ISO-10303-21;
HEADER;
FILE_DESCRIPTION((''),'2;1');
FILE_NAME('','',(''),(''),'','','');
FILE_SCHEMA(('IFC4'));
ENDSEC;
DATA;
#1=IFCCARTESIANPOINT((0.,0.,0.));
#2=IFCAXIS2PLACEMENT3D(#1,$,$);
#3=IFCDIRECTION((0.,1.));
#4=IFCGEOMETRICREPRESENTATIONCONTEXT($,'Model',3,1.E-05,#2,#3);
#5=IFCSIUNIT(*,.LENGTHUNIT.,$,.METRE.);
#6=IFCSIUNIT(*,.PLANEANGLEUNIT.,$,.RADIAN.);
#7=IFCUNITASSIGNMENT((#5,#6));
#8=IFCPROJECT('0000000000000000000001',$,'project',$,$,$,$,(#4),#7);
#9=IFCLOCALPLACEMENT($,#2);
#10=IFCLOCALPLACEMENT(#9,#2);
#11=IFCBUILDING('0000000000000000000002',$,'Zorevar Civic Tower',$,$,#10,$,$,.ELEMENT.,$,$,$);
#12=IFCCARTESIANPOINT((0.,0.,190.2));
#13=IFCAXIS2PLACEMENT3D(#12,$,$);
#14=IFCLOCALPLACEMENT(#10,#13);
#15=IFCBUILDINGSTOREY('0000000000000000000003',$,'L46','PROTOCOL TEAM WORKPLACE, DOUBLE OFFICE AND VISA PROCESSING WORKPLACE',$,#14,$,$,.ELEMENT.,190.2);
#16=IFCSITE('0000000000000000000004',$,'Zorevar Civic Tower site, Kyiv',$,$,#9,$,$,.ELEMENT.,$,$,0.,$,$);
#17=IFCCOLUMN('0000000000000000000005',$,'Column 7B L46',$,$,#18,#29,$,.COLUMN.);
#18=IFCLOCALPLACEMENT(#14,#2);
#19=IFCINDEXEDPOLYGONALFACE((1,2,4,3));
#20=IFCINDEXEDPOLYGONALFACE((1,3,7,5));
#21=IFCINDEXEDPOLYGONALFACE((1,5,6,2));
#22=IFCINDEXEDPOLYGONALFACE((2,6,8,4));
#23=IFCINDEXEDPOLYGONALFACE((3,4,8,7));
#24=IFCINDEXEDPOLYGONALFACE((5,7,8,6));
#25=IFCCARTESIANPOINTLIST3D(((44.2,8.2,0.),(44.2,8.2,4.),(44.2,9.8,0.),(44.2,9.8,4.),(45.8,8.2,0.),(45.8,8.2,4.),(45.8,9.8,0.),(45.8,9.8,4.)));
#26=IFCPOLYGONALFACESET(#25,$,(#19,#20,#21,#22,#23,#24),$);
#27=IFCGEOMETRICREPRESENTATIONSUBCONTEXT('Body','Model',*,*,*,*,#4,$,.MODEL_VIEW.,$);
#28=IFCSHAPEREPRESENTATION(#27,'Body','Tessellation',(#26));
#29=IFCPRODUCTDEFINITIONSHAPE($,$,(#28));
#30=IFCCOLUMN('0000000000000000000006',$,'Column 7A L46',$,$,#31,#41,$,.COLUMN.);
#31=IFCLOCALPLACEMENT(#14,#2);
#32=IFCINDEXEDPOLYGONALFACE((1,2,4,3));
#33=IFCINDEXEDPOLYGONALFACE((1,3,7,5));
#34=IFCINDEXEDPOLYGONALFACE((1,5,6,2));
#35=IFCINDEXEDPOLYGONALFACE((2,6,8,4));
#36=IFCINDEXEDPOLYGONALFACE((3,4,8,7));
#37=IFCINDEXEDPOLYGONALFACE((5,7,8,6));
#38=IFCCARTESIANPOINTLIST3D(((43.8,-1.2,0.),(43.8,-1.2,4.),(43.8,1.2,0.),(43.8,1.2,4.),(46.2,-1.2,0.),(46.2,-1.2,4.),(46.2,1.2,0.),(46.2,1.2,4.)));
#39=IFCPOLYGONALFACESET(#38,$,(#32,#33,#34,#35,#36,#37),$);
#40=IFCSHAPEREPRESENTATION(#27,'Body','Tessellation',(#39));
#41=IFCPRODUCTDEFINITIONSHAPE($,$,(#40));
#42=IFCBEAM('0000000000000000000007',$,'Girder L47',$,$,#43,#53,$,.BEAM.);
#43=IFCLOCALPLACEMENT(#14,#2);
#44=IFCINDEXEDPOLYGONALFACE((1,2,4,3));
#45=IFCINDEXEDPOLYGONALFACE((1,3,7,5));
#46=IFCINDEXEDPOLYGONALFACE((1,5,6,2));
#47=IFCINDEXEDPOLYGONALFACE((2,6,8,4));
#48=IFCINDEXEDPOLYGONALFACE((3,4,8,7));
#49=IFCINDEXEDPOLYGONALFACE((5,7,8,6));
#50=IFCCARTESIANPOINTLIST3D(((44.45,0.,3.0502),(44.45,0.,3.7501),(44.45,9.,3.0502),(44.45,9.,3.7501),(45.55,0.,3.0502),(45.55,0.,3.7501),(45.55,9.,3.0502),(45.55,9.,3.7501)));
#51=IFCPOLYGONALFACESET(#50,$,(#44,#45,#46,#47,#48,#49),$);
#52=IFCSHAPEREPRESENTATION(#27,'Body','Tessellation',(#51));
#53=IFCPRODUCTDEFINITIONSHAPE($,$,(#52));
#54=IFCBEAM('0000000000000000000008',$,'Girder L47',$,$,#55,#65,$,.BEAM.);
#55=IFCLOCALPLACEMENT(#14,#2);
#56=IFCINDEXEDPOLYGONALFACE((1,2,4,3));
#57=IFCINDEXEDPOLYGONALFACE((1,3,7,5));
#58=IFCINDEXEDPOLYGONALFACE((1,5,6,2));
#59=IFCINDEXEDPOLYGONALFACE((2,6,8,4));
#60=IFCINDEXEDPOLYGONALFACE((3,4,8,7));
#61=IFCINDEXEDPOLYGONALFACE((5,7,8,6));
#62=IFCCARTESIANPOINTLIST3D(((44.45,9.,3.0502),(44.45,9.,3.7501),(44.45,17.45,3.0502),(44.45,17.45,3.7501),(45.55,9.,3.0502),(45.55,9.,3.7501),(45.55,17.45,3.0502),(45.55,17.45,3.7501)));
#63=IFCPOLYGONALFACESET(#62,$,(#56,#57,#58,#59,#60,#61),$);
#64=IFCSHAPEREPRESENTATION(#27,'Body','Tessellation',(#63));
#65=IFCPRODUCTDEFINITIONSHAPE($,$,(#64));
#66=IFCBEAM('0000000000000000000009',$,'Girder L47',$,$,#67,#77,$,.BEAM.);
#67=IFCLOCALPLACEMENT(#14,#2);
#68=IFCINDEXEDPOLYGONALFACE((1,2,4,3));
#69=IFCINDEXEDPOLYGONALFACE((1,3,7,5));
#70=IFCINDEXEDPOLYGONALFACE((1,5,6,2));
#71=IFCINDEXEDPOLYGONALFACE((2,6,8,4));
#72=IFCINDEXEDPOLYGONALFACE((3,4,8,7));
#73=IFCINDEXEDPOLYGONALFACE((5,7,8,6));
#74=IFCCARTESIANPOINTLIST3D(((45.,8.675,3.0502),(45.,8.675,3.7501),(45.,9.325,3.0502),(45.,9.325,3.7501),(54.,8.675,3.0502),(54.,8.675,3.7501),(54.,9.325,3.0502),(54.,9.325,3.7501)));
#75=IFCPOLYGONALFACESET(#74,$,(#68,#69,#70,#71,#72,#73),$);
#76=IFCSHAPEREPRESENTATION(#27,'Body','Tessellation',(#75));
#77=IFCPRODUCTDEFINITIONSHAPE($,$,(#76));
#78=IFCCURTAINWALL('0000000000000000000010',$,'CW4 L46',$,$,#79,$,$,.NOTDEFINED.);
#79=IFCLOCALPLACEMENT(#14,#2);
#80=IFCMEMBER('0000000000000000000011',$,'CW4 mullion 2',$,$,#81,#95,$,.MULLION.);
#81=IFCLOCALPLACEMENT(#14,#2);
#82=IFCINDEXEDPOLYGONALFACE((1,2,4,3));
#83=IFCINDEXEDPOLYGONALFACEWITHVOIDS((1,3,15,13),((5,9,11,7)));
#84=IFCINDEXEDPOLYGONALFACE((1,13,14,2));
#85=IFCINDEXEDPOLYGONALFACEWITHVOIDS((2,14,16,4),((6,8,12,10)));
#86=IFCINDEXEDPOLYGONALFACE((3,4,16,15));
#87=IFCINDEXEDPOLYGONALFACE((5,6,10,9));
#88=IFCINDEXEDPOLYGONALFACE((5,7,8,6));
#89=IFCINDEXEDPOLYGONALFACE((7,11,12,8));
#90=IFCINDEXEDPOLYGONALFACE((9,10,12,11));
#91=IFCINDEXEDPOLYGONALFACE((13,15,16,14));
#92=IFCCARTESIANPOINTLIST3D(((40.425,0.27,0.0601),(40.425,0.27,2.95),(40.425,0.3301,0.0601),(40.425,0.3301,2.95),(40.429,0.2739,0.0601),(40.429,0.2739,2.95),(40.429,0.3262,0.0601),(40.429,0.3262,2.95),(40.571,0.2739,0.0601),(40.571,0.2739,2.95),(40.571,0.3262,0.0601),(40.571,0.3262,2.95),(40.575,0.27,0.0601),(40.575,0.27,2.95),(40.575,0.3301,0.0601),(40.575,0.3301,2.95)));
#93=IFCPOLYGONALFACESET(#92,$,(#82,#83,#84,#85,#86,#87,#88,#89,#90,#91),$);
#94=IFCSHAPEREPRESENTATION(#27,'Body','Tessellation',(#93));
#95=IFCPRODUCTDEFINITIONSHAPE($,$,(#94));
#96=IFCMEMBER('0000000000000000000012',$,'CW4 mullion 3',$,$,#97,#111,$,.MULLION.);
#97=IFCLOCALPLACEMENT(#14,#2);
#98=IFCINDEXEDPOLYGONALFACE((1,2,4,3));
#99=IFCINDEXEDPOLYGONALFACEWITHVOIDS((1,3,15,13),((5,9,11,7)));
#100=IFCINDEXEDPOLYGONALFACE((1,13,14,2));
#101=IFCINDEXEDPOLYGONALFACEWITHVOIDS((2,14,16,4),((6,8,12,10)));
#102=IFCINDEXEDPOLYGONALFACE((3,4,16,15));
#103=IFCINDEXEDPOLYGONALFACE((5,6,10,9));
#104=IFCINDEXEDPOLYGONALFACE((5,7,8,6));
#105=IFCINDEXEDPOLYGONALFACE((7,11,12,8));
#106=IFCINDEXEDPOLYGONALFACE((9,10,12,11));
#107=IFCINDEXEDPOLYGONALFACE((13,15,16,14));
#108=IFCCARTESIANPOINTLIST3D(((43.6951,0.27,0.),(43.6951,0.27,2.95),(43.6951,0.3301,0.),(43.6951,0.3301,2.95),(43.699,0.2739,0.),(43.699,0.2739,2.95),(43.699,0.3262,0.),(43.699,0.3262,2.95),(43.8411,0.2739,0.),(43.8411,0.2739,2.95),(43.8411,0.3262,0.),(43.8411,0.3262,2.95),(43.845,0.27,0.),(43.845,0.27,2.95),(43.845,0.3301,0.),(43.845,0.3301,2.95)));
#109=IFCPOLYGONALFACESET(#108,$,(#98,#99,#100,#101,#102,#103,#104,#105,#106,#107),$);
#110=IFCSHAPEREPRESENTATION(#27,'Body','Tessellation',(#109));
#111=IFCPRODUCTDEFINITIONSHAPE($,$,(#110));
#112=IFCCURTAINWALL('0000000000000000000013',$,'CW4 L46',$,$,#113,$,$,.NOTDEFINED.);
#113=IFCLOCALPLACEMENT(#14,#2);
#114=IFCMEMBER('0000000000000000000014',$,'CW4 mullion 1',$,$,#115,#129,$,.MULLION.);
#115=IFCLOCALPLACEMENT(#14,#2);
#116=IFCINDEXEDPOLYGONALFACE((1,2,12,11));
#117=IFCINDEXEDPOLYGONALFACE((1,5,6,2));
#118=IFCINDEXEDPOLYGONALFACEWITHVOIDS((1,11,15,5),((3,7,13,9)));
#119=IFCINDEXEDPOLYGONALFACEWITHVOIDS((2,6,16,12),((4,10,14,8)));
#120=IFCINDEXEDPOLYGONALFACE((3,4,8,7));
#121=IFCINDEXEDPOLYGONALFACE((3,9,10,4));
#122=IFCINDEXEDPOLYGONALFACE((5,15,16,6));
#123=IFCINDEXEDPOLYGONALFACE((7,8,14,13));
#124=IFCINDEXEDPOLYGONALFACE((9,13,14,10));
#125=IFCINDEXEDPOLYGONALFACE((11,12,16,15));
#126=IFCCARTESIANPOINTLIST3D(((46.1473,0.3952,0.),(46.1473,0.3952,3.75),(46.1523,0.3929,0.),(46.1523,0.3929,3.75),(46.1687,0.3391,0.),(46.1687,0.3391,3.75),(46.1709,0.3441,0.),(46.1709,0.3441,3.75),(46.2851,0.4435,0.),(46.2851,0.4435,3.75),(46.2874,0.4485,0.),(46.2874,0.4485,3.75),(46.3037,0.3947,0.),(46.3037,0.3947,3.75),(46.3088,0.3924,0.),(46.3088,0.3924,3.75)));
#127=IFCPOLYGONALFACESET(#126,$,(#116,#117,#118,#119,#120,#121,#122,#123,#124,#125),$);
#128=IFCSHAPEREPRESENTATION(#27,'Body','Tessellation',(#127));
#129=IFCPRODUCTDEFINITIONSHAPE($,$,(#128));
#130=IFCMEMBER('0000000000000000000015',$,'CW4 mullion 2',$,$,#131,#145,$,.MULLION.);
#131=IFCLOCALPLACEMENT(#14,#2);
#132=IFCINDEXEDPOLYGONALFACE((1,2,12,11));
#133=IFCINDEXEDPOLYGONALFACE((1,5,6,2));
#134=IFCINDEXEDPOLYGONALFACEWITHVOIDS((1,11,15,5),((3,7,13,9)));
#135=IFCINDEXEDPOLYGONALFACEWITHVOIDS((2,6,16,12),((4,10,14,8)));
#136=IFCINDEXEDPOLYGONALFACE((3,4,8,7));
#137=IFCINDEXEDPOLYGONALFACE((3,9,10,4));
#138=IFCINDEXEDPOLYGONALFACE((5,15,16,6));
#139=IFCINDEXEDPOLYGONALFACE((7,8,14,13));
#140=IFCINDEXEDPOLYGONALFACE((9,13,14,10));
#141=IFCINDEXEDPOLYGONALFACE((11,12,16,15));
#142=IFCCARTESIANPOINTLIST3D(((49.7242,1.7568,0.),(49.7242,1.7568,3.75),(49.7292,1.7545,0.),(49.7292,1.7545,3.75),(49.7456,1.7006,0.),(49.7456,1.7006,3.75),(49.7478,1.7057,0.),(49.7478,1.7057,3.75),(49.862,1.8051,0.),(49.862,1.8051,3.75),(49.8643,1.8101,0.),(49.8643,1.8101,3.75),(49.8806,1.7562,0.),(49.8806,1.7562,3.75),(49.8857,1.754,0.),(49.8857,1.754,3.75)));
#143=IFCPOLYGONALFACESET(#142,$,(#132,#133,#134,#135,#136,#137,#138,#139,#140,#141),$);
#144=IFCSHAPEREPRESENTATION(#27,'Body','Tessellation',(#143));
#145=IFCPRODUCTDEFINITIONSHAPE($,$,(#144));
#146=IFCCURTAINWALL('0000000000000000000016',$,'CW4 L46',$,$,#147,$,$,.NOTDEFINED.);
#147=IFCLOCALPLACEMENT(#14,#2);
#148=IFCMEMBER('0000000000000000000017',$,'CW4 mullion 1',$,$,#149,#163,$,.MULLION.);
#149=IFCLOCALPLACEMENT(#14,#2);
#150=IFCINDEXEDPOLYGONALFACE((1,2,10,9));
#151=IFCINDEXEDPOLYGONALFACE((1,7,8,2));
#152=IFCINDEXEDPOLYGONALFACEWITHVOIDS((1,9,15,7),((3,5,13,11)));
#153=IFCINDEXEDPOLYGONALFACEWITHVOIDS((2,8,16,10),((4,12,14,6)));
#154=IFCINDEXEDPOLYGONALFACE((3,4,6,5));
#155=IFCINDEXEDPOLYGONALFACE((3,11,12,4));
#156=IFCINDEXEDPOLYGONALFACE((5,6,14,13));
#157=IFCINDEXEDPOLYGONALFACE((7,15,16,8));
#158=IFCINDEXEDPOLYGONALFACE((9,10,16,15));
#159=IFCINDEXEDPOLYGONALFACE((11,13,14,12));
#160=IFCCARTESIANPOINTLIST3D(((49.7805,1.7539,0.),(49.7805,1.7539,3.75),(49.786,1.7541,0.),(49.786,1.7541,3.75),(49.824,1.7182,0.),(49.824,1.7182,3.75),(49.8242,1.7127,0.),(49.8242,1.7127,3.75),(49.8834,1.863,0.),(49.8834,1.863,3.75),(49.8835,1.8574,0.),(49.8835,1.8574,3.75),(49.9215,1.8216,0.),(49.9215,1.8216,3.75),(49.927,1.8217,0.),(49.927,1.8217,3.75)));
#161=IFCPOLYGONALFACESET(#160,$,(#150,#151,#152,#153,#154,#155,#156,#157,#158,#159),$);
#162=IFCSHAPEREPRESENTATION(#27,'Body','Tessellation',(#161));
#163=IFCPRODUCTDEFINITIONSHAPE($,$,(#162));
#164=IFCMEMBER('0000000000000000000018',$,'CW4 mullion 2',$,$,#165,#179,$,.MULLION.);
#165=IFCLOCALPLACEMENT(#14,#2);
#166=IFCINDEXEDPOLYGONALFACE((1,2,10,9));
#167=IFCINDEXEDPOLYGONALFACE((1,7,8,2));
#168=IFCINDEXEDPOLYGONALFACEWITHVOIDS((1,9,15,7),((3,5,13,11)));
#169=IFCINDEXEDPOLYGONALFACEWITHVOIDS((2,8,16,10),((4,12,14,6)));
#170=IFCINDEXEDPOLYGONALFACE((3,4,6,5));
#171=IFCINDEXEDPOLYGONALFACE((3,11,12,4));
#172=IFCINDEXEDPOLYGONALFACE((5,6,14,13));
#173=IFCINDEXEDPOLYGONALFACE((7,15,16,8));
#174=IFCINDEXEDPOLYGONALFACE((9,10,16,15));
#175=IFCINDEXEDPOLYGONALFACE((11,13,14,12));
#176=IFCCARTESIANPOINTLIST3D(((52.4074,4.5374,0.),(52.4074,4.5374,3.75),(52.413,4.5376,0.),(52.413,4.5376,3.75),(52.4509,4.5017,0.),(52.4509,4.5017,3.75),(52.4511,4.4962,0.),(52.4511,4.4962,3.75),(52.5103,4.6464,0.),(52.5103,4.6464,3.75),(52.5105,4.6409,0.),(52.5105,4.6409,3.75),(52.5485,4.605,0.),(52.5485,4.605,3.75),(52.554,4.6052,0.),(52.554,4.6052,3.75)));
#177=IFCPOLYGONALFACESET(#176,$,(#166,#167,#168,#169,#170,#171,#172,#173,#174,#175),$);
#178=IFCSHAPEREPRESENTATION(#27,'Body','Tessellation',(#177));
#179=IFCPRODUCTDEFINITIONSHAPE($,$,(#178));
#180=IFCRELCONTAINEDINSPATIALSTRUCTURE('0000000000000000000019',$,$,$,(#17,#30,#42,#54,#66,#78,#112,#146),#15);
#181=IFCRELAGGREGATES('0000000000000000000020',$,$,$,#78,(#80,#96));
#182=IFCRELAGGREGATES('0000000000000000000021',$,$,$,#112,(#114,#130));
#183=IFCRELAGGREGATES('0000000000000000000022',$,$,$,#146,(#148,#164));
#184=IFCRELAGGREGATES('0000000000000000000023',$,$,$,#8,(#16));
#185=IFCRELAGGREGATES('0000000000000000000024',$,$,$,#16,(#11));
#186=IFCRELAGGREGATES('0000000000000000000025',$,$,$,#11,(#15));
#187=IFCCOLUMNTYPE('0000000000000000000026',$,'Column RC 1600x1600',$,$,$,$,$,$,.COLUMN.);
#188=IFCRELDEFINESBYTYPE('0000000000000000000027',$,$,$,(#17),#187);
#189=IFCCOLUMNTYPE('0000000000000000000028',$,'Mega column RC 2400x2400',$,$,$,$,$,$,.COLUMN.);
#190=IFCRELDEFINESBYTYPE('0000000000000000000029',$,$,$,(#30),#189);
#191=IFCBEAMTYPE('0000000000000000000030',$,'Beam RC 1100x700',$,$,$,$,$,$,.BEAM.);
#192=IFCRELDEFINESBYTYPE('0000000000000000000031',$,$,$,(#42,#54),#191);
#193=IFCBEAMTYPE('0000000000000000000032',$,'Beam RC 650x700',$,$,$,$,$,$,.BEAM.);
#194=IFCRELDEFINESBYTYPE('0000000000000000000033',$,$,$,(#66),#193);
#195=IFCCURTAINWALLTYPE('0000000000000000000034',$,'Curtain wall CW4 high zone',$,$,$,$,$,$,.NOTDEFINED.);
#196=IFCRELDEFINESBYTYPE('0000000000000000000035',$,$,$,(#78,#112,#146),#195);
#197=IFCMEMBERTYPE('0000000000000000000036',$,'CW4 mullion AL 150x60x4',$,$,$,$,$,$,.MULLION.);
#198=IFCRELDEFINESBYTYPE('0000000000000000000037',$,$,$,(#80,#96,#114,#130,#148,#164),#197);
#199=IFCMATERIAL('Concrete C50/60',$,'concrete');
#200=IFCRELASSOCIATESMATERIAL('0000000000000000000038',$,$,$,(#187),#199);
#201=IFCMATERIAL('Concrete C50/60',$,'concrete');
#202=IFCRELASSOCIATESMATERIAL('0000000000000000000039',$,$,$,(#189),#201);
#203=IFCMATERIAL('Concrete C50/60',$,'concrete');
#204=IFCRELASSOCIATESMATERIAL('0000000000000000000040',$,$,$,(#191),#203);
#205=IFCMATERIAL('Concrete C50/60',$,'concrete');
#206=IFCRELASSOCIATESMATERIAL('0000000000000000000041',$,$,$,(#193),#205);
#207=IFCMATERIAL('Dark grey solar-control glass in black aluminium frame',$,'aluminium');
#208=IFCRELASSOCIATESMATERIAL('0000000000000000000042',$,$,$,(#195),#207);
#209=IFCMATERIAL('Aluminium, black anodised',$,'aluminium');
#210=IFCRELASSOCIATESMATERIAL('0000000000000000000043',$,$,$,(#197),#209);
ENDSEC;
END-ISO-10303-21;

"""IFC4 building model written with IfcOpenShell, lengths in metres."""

from ifc_helpers import new_model, si_unit, direction, frame, origin, origin_2d, place, context, subcontext, project, spatial, rectangle, hollow_rectangle, extrude, material, material_profile, profile_set, type_object, element, aggregate, save


model = new_model("IFC4")

# Units and contexts
model_context = context("Model", 3, precision=1e-05, world=origin(), true_north=direction((0.0, 1.0)))
body_context = subcontext(model_context, "Body", "Model", "MODEL_VIEW")
ifc_project = project(units=[si_unit("LENGTHUNIT", "METRE"), si_unit("PLANEANGLEUNIT", "RADIAN")], contexts=[model_context])

# Site, building, storey
site_placement = place(None, origin())
site = spatial("IfcSite", under=ifc_project, at=site_placement, Name="Zorevar Civic Tower site, Kyiv", CompositionType="ELEMENT", RefElevation=0.0)
building_placement = place(site_placement, origin())
building = spatial("IfcBuilding", under=site, at=building_placement, Name="Zorevar Civic Tower", CompositionType="ELEMENT")
storey_placement = place(building_placement, frame((0.0, 0.0, 190.2)))
storey = spatial("IfcBuildingStorey", under=building, at=storey_placement, Name="L46", Description="PROTOCOL TEAM WORKPLACE, DOUBLE OFFICE AND VISA PROCESSING WORKPLACE", CompositionType="ELEMENT", Elevation=190.2)

# Columns
ifc_material_1 = material(Name="Concrete C50/60", Category="concrete")
ifc_material_profile_1 = material_profile(ifc_material_1, rectangle(XDim=1.6001, YDim=1.6001, at=origin_2d()), Name="RC 1600x1600")
ifc_profile_set_1 = profile_set([ifc_material_profile_1], Name="Concrete C50/60")
column_type_1 = type_object("IfcColumnType", Name="Column RC 1600x1600", PredefinedType="COLUMN", material=ifc_profile_set_1)
column_1_placement = place(storey_placement, frame((45.0, 9.0, 0.0), z_axis=(0.0, 0.0, 1.0), x_axis=(1.0, 0.0, 0.0)))
element("IfcColumn", 1, at=column_1_placement, inside=storey, type_object=column_type_1, Name="Column 7B L46", PredefinedType="COLUMN", context=body_context, shape_type="SweptSolid", body=[
    extrude(rectangle(XDim=1.6001, YDim=1.6001, at=origin_2d()), origin(), (0.0, 0.0, 1.0), 4.0),
])
ifc_material_2 = material(Name="Concrete C50/60", Category="concrete")
ifc_material_profile_2 = material_profile(ifc_material_2, rectangle(XDim=2.3999, YDim=2.3999, at=origin_2d()), Name="RC 2400x2400")
ifc_profile_set_2 = profile_set([ifc_material_profile_2], Name="Concrete C50/60")
column_type_2 = type_object("IfcColumnType", Name="Mega column RC 2400x2400", PredefinedType="COLUMN", material=ifc_profile_set_2)
column_2_placement = place(storey_placement, frame((45.0, 0.0, 0.0), z_axis=(0.0, 0.0, 1.0), x_axis=(1.0, 0.0, 0.0)))
element("IfcColumn", 2, at=column_2_placement, inside=storey, type_object=column_type_2, Name="Column 7A L46", PredefinedType="COLUMN", context=body_context, shape_type="SweptSolid", body=[
    extrude(rectangle(XDim=2.3999, YDim=2.3999, at=origin_2d()), origin(), (0.0, 0.0, 1.0), 4.0),
])

# Beams
ifc_material_3 = material(Name="Concrete C50/60", Category="concrete")
ifc_material_profile_3 = material_profile(ifc_material_3, rectangle(XDim=1.1001, YDim=0.7, at=origin_2d()), Name="RC 1100x700")
ifc_profile_set_3 = profile_set([ifc_material_profile_3], Name="Concrete C50/60")
beam_type_1 = type_object("IfcBeamType", Name="Beam RC 1100x700", PredefinedType="BEAM", material=ifc_profile_set_3)
beam_1_placement = place(storey_placement, frame((45.0, 0.0, 3.4001), z_axis=(0.0, 1.0, 0.0), x_axis=(-1.0, 0.0, 0.0)))
element("IfcBeam", 3, at=beam_1_placement, inside=storey, type_object=beam_type_1, Name="Girder L47", PredefinedType="BEAM", context=body_context, shape_type="SweptSolid", body=[
    extrude(rectangle(XDim=1.1001, YDim=0.7, at=origin_2d()), origin(), (0.0, 0.0, 1.0), 9.0),
])
beam_2_placement = place(storey_placement, frame((45.0, 9.0, 3.4001), z_axis=(0.0, 1.0, 0.0), x_axis=(-1.0, 0.0, 0.0)))
element("IfcBeam", 4, at=beam_2_placement, inside=storey, type_object=beam_type_1, Name="Girder L47", PredefinedType="BEAM", context=body_context, shape_type="SweptSolid", body=[
    extrude(rectangle(XDim=1.1001, YDim=0.7, at=origin_2d()), origin(), (0.0, 0.0, 1.0), 8.45),
])
ifc_material_4 = material(Name="Concrete C50/60", Category="concrete")
ifc_material_profile_4 = material_profile(ifc_material_4, rectangle(XDim=0.6499, YDim=0.7, at=origin_2d()), Name="RC 650x700")
ifc_profile_set_4 = profile_set([ifc_material_profile_4], Name="Concrete C50/60")
beam_type_2 = type_object("IfcBeamType", Name="Beam RC 650x700", PredefinedType="BEAM", material=ifc_profile_set_4)
beam_3_placement = place(storey_placement, frame((45.0, 9.0, 3.4001), z_axis=(1.0, 0.0, 0.0), x_axis=(0.0, 1.0, 0.0)))
element("IfcBeam", 5, at=beam_3_placement, inside=storey, type_object=beam_type_2, Name="Girder L47", PredefinedType="BEAM", context=body_context, shape_type="SweptSolid", body=[
    extrude(rectangle(XDim=0.6499, YDim=0.7, at=origin_2d()), origin(), (0.0, 0.0, 1.0), 9.0),
])

# Curtain walls, members
ifc_material_5 = material(Name="Dark grey solar-control glass in black aluminium frame", Category="aluminium")
curtain_wall_type = type_object("IfcCurtainWallType", Name="Curtain wall CW4 high zone", PredefinedType="NOTDEFINED", material=ifc_material_5)
curtain_wall_1_placement = place(storey_placement, origin())
curtain_wall_1 = element("IfcCurtainWall", 6, at=curtain_wall_1_placement, inside=storey, type_object=curtain_wall_type, Name="CW4 L46", PredefinedType="NOTDEFINED")
ifc_material_6 = material(Name="Aluminium, black anodised", Category="aluminium")
ifc_material_profile_5 = material_profile(ifc_material_6, hollow_rectangle(XDim=0.0601, YDim=0.1499, WallThickness=0.0039, at=origin_2d()), Name="AL 150x60x4")
ifc_profile_set_5 = profile_set([ifc_material_profile_5], Name="Aluminium, black anodised")
member_type_1 = type_object("IfcMemberType", Name="CW4 mullion AL 150x60x4", PredefinedType="MULLION", material=ifc_profile_set_5)
member_1_placement = place(storey_placement, frame((40.5, 0.3, 0.0601), z_axis=(0.0, 0.0, 1.0), x_axis=(0.0, 1.0, 0.0)))
member_1 = element("IfcMember", 7, at=member_1_placement, type_object=member_type_1, Name="CW4 mullion 2", PredefinedType="MULLION", context=body_context, shape_type="SweptSolid", body=[
    extrude(hollow_rectangle(XDim=0.0601, YDim=0.1499, WallThickness=0.0039, at=origin_2d()), origin(), (0.0, 0.0, 1.0), 2.8899),
])
member_2_placement = place(storey_placement, frame((43.77, 0.3, 0.0), z_axis=(0.0, 0.0, 1.0), x_axis=(0.0, 1.0, 0.0)))
member_2 = element("IfcMember", 8, at=member_2_placement, type_object=member_type_1, Name="CW4 mullion 3", PredefinedType="MULLION", context=body_context, shape_type="SweptSolid", body=[
    extrude(hollow_rectangle(XDim=0.0601, YDim=0.1499, WallThickness=0.0039, at=origin_2d()), origin(), (0.0, 0.0, 1.0), 2.95),
])
curtain_wall_2_placement = place(storey_placement, origin())
curtain_wall_2 = element("IfcCurtainWall", 9, at=curtain_wall_2_placement, inside=storey, type_object=curtain_wall_type, Name="CW4 L46", PredefinedType="NOTDEFINED")
member_3_placement = place(storey_placement, frame((46.228, 0.3938, 0.0), z_axis=(0.0, 0.0, 1.0), x_axis=(-0.355731, 0.934588, 0.0)))
member_3 = element("IfcMember", 10, at=member_3_placement, type_object=member_type_1, Name="CW4 mullion 1", PredefinedType="MULLION", context=body_context, shape_type="SweptSolid", body=[
    extrude(hollow_rectangle(XDim=0.0601, YDim=0.1499, WallThickness=0.0039, at=origin_2d()), origin(), (0.0, 0.0, 1.0), 3.75),
])
member_4_placement = place(storey_placement, frame((49.8049, 1.7554, 0.0), z_axis=(0.0, 0.0, 1.0), x_axis=(-0.355731, 0.934588, 0.0)))
member_4 = element("IfcMember", 11, at=member_4_placement, type_object=member_type_1, Name="CW4 mullion 2", PredefinedType="MULLION", context=body_context, shape_type="SweptSolid", body=[
    extrude(hollow_rectangle(XDim=0.0601, YDim=0.1499, WallThickness=0.0039, at=origin_2d()), origin(), (0.0, 0.0, 1.0), 3.75),
])
curtain_wall_3_placement = place(storey_placement, origin())
curtain_wall_3 = element("IfcCurtainWall", 12, at=curtain_wall_3_placement, inside=storey, type_object=curtain_wall_type, Name="CW4 L46", PredefinedType="NOTDEFINED")
member_5_placement = place(storey_placement, frame((49.8538, 1.7878, 0.0), z_axis=(0.0, 0.0, 1.0), x_axis=(-0.727245, 0.686378, 0.0)))
member_5 = element("IfcMember", 13, at=member_5_placement, type_object=member_type_1, Name="CW4 mullion 1", PredefinedType="MULLION", context=body_context, shape_type="SweptSolid", body=[
    extrude(hollow_rectangle(XDim=0.0601, YDim=0.1499, WallThickness=0.0039, at=origin_2d()), origin(), (0.0, 0.0, 1.0), 3.75),
])
member_6_placement = place(storey_placement, frame((52.4807, 4.5713, 0.0), z_axis=(0.0, 0.0, 1.0), x_axis=(-0.727245, 0.686378, 0.0)))
member_6 = element("IfcMember", 14, at=member_6_placement, type_object=member_type_1, Name="CW4 mullion 2", PredefinedType="MULLION", context=body_context, shape_type="SweptSolid", body=[
    extrude(hollow_rectangle(XDim=0.0601, YDim=0.1499, WallThickness=0.0039, at=origin_2d()), origin(), (0.0, 0.0, 1.0), 3.75),
])

aggregate(curtain_wall_1, [member_1, member_2])
aggregate(curtain_wall_2, [member_3, member_4])
aggregate(curtain_wall_3, [member_5, member_6])

save(model, "model.ifc")
